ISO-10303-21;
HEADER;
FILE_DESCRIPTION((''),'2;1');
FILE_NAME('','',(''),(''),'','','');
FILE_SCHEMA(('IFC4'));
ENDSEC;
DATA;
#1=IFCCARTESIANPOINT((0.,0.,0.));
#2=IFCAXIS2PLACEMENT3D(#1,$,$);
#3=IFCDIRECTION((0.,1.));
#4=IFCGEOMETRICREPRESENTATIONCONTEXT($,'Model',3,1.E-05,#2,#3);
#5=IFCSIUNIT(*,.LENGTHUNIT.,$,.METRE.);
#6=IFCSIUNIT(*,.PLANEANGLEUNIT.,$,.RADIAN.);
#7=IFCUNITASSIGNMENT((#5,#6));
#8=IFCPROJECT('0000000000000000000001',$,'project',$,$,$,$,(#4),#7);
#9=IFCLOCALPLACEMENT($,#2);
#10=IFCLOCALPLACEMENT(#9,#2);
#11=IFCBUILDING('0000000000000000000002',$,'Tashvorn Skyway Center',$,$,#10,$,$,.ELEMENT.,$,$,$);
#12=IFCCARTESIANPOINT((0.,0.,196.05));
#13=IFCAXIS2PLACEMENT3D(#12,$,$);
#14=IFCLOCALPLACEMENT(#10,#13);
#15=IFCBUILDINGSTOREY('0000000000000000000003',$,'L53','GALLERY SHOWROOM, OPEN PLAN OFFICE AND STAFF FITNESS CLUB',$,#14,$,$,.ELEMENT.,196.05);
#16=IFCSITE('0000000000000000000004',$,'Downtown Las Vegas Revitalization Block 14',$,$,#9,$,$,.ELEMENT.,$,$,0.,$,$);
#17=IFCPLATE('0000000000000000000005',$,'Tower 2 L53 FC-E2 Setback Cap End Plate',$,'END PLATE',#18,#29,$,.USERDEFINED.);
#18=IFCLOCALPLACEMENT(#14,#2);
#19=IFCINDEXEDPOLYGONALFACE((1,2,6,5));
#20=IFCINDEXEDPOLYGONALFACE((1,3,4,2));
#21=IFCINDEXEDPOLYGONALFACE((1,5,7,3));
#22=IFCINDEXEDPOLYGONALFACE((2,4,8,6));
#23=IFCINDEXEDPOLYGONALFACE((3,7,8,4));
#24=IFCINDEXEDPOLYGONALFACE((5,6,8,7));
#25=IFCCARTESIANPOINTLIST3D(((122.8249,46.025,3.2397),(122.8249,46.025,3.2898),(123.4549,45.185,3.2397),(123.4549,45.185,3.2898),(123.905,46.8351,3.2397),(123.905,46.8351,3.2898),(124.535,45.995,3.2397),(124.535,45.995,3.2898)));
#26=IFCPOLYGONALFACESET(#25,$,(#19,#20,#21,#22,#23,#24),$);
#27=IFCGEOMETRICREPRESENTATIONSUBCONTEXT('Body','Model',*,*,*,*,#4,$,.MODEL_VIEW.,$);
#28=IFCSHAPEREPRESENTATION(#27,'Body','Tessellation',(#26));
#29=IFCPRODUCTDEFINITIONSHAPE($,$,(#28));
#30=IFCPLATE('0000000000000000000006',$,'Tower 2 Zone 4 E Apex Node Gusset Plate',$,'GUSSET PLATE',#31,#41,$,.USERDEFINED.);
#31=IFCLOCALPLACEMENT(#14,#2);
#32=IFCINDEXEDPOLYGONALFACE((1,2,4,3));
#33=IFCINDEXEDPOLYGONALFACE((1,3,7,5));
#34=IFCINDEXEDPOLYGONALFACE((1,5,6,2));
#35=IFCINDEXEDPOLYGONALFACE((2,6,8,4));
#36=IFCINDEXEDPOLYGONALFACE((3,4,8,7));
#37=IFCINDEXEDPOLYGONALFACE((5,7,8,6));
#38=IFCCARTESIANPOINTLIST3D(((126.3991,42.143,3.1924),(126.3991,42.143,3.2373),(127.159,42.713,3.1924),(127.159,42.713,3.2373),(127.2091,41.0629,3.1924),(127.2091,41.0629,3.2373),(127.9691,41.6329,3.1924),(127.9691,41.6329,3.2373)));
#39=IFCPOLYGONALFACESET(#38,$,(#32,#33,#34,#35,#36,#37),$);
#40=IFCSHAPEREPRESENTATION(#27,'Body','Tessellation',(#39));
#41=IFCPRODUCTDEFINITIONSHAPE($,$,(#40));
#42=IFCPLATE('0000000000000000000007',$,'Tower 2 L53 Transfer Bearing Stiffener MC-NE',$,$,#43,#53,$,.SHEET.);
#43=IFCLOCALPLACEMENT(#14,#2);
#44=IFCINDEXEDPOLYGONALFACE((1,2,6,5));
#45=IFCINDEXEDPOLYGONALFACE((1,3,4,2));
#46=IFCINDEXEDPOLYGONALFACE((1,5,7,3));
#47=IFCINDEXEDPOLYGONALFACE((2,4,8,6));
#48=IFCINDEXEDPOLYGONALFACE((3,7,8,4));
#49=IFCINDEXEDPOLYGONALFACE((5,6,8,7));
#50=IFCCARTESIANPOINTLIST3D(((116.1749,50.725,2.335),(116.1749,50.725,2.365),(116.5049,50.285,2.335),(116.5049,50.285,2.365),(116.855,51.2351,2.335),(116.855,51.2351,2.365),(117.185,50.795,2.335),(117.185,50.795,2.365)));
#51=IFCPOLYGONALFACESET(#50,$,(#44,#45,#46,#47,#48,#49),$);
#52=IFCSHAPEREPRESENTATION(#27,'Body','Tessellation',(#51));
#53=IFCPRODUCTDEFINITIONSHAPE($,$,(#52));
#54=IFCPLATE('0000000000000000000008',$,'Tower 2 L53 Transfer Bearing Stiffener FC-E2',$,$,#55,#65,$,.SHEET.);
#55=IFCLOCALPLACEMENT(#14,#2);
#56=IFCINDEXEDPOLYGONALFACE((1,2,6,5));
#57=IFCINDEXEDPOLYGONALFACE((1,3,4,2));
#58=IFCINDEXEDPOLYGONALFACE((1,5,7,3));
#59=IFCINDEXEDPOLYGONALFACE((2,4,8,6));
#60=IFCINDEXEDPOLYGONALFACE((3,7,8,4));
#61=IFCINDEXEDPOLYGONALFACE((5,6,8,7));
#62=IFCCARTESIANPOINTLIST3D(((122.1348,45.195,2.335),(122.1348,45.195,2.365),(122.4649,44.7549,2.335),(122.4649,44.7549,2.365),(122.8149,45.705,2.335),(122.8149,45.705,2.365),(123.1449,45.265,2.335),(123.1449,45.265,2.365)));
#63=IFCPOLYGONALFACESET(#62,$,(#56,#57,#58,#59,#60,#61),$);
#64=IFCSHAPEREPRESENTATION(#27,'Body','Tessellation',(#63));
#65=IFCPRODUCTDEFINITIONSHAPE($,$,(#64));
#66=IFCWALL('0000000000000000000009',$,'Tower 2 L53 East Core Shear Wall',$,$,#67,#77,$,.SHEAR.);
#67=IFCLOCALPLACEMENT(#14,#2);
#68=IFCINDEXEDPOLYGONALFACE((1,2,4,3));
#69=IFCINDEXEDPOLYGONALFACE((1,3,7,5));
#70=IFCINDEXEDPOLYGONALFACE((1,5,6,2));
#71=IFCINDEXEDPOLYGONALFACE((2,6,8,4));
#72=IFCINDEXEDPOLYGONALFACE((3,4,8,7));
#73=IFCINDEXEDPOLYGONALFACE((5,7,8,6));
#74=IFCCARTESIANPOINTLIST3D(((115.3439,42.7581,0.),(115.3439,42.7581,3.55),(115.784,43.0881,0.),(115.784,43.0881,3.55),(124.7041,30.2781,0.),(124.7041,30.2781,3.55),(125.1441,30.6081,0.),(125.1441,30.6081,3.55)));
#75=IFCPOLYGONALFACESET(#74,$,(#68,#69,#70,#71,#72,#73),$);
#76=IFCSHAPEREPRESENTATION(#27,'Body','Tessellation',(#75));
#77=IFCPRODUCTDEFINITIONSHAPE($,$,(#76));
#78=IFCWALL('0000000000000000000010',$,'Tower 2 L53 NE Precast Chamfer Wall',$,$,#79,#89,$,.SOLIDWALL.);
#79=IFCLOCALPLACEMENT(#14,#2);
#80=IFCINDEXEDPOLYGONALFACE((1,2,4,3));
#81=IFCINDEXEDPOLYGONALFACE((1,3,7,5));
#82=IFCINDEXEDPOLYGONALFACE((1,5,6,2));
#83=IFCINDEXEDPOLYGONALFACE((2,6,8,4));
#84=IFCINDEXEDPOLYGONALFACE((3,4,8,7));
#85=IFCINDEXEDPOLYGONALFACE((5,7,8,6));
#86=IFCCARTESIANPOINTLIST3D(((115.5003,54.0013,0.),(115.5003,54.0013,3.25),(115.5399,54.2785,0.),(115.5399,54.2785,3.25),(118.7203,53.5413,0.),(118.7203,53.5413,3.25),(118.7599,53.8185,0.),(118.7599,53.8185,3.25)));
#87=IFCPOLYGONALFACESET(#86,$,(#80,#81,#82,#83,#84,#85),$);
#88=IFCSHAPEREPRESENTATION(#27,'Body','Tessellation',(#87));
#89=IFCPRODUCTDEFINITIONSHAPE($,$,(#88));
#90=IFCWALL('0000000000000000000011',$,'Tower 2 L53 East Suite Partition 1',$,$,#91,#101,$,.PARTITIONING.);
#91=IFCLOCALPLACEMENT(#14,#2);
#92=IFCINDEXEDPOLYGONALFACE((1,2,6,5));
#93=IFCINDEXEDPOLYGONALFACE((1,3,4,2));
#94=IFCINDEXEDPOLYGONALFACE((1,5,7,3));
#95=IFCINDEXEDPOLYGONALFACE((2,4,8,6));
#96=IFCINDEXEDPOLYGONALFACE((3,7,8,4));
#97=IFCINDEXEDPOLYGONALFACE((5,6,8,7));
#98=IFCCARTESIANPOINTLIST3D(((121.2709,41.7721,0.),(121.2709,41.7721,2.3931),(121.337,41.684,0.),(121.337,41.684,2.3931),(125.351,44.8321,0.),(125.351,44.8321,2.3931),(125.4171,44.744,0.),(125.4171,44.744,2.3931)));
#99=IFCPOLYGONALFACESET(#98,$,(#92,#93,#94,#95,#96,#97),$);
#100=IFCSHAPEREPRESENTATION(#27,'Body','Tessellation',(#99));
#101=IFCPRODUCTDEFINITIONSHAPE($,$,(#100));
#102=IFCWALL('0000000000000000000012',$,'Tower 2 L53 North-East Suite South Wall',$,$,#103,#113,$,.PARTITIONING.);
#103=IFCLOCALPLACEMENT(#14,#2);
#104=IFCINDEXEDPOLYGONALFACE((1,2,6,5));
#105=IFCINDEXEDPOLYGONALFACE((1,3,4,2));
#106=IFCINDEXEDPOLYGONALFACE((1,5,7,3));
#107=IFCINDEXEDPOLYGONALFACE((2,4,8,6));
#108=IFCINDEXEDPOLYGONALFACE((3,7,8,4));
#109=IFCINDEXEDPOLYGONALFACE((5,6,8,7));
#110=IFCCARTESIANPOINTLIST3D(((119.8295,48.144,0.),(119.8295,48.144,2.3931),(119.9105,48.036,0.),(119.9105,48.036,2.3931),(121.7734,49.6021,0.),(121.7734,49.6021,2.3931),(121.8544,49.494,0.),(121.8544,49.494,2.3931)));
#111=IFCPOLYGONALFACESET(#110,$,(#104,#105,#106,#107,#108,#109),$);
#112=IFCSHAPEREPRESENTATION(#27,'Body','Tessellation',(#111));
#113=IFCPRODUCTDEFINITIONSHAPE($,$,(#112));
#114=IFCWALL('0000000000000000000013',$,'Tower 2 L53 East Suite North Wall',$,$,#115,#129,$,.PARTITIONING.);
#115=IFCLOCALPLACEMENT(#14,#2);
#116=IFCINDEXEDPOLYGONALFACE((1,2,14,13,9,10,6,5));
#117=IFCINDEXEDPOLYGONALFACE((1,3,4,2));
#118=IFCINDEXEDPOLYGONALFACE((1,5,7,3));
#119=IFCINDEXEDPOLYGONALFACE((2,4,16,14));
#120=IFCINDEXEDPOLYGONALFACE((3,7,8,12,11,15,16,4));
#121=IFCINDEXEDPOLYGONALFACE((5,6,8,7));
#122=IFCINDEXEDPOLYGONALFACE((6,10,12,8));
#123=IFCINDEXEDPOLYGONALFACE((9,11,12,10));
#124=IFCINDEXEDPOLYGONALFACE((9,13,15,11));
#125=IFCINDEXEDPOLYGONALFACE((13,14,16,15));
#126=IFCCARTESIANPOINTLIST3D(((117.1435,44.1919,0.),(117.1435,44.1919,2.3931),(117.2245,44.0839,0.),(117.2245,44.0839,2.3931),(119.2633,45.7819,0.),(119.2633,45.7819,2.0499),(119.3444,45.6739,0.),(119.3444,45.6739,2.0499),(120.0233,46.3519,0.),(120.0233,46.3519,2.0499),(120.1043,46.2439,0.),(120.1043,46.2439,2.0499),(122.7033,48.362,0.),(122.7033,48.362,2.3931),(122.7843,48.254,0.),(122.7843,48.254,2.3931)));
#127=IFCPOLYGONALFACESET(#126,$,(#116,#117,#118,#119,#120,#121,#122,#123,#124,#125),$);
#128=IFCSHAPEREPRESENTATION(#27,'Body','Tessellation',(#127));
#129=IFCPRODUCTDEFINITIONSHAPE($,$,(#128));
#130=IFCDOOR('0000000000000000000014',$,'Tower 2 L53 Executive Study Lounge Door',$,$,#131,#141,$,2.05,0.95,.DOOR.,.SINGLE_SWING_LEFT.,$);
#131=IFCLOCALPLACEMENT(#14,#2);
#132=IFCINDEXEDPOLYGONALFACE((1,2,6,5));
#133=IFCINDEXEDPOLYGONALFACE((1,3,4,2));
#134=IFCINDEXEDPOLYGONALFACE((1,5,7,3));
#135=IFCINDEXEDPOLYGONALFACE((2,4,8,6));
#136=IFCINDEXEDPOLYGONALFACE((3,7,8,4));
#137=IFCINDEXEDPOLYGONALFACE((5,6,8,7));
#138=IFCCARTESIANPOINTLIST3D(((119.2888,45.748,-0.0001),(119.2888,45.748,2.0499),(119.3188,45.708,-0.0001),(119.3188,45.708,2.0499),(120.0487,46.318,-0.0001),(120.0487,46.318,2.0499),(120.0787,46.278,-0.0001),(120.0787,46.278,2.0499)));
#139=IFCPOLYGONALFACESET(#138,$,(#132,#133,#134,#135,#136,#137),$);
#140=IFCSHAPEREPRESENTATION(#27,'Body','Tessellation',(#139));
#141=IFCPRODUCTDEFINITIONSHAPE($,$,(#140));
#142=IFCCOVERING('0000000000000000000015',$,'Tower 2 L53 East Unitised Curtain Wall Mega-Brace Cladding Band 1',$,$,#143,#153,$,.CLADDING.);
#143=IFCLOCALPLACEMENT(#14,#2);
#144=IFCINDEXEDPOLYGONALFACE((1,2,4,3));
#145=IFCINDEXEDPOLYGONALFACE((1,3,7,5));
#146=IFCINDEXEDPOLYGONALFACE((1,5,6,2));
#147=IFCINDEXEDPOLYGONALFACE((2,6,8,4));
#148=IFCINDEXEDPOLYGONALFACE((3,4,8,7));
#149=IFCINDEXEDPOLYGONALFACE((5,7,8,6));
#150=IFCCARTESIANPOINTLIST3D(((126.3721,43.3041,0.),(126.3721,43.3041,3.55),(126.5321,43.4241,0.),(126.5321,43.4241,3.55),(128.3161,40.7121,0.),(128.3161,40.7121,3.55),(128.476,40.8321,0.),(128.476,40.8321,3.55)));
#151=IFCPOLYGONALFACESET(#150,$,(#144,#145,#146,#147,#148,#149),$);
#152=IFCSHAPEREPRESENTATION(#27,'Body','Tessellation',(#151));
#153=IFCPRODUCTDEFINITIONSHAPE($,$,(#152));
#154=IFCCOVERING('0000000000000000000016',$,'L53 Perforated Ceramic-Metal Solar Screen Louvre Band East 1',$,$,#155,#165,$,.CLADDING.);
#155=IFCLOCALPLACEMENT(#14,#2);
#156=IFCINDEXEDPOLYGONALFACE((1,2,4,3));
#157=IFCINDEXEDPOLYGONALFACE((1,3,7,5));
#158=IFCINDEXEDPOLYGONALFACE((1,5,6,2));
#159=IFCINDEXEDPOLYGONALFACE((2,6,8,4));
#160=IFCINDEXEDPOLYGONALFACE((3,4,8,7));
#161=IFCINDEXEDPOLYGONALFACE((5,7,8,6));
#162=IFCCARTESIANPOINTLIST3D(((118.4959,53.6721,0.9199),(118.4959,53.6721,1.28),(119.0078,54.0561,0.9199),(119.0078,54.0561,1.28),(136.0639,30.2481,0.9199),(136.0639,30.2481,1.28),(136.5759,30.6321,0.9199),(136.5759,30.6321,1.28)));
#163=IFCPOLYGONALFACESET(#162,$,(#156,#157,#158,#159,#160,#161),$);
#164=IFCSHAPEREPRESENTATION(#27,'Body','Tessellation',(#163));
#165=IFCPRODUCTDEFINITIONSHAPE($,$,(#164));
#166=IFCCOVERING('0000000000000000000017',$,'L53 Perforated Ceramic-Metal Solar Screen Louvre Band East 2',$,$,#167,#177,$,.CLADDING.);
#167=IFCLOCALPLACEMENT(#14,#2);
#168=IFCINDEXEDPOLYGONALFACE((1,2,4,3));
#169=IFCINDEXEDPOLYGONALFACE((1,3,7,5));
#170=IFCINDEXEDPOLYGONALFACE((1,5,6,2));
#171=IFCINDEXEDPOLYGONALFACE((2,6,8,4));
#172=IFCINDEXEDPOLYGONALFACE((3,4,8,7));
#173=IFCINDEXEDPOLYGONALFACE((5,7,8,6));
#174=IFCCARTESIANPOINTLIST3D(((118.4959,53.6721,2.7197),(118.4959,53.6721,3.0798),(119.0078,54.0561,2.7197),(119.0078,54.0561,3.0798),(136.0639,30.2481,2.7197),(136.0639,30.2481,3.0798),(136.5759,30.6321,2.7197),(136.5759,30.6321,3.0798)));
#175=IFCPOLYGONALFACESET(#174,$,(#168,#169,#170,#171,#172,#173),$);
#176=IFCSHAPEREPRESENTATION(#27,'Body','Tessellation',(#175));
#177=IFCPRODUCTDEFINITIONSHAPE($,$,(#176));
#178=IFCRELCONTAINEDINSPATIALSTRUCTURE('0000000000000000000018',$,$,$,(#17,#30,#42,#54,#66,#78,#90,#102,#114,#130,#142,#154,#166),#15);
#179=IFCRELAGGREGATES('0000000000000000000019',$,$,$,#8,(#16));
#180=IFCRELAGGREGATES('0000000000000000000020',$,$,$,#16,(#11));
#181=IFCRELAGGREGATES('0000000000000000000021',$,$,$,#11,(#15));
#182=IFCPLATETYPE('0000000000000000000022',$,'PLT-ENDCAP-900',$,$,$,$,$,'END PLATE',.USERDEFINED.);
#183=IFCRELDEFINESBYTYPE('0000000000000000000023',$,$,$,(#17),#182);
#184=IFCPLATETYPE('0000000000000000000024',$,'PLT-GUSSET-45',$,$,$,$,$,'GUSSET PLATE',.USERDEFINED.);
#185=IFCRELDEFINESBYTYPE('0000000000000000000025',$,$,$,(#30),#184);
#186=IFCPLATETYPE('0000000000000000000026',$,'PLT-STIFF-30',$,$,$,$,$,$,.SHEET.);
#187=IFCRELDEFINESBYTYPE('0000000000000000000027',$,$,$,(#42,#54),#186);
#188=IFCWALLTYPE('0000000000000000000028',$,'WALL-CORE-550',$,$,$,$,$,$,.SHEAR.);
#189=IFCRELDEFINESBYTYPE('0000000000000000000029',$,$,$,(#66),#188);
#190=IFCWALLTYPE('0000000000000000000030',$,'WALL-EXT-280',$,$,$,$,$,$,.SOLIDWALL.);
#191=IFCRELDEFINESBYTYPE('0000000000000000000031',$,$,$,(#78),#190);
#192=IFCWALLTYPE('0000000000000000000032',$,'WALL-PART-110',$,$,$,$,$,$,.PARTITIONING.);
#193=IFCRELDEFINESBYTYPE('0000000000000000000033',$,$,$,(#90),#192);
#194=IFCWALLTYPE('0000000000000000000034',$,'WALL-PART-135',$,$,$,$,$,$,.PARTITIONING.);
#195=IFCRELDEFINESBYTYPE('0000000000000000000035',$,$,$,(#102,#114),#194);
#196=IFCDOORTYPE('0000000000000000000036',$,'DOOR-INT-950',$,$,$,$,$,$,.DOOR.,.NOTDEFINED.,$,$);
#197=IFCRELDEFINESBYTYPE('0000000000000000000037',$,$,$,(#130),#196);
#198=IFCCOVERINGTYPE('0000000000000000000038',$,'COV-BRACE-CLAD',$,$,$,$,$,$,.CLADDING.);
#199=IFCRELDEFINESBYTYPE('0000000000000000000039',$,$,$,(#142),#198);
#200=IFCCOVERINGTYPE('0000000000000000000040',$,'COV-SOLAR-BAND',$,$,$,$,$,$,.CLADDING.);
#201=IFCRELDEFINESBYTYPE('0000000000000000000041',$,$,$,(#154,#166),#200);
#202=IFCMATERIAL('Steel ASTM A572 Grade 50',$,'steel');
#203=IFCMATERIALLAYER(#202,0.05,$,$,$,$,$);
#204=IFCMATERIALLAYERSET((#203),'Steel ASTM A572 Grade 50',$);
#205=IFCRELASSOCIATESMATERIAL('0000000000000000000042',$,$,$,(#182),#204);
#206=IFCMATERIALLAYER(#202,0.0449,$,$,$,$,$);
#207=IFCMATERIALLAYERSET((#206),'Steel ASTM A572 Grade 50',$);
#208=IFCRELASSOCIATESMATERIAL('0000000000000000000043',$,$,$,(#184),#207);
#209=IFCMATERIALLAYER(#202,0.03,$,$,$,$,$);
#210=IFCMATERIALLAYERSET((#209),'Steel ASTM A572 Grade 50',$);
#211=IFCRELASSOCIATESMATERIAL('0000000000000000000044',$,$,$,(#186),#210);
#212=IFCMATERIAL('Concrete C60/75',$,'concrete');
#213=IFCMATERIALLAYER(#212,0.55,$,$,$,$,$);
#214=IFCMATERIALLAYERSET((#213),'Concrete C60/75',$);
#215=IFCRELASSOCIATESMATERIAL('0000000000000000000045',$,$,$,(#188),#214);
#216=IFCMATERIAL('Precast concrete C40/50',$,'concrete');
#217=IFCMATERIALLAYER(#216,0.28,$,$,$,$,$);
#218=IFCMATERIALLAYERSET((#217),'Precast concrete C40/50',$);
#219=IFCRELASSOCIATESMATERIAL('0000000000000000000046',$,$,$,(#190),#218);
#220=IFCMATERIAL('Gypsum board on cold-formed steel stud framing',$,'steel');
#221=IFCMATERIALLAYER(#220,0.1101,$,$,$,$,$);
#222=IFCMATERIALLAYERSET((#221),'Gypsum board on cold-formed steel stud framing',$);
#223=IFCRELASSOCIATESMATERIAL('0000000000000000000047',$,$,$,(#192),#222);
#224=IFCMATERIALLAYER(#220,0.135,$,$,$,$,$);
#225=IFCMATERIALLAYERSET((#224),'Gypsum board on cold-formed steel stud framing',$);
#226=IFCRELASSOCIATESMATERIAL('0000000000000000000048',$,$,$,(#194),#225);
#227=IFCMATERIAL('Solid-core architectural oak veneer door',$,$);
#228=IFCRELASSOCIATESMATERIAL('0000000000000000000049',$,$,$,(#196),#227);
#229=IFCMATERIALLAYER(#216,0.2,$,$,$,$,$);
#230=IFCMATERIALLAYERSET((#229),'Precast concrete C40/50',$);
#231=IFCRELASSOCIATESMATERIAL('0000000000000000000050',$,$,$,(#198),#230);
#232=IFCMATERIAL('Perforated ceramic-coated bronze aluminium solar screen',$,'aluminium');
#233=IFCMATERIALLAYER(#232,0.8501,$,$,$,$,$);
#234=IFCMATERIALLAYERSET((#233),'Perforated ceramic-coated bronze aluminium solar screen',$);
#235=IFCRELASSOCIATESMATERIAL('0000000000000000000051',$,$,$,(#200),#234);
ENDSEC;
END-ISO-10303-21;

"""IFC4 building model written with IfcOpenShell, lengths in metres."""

from ifc_helpers import new_model, si_unit, direction, frame, frame_2d, origin, origin_2d, place, context, subcontext, project, spatial, rectangle, extrude, material, layer, layer_set, type_object, element, fill, save


model = new_model("IFC4")

# Units and contexts
model_context = context("Model", 3, precision=1e-05, world=origin(), true_north=direction((0.0, 1.0)))
body_context = subcontext(model_context, "Body", "Model", "MODEL_VIEW")
ifc_project = project(units=[si_unit("LENGTHUNIT", "METRE"), si_unit("PLANEANGLEUNIT", "RADIAN")], contexts=[model_context])

# Site, building, storey
site_placement = place(None, origin())
site = spatial("IfcSite", under=ifc_project, at=site_placement, Name="Downtown Las Vegas Revitalization Block 14", CompositionType="ELEMENT", RefElevation=0.0)
building_placement = place(site_placement, origin())
building = spatial("IfcBuilding", under=site, at=building_placement, Name="Tashvorn Skyway Center", CompositionType="ELEMENT")
storey_placement = place(building_placement, frame((0.0, 0.0, 196.05)))
storey = spatial("IfcBuildingStorey", under=building, at=storey_placement, Name="L53", Description="GALLERY SHOWROOM, OPEN PLAN OFFICE AND STAFF FITNESS CLUB", CompositionType="ELEMENT", Elevation=196.05)

# Shared definitions
ifc_material_1 = material(Name="Steel ASTM A572 Grade 50", Category="steel")

# Plates
ifc_layer_1 = layer(ifc_material_1, 0.05)
ifc_layer_set_1 = layer_set([ifc_layer_1], Name="Steel ASTM A572 Grade 50")
plate_type_1 = type_object("IfcPlateType", Name="PLT-ENDCAP-900", ElementType="END PLATE", PredefinedType="USERDEFINED", material=ifc_layer_set_1)
plate_1_placement = place(storey_placement, frame((123.6799, 46.01, 3.2397), z_axis=(0.0, 0.0, 1.0), x_axis=(0.8, 0.6, 0.0)))
element("IfcPlate", 1, at=plate_1_placement, inside=storey, type_object=plate_type_1, Name="Tower 2 L53 FC-E2 Setback Cap End Plate", ObjectType="END PLATE", PredefinedType="USERDEFINED", context=body_context, shape_type="SweptSolid", body=[
    extrude(rectangle(XDim=1.3501, YDim=1.05, at=origin_2d()), origin(), (0.0, 0.0, 1.0), 0.05),
])
ifc_layer_2 = layer(ifc_material_1, 0.0449)
ifc_layer_set_2 = layer_set([ifc_layer_2], Name="Steel ASTM A572 Grade 50")
plate_type_2 = type_object("IfcPlateType", Name="PLT-GUSSET-45", ElementType="GUSSET PLATE", PredefinedType="USERDEFINED", material=ifc_layer_set_2)
plate_2_placement = place(storey_placement, frame((127.1841, 41.8879, 3.1924), z_axis=(0.0, 0.0, 1.0), x_axis=(-0.6, 0.8, 0.0)))
element("IfcPlate", 2, at=plate_2_placement, inside=storey, type_object=plate_type_2, Name="Tower 2 Zone 4 E Apex Node Gusset Plate", ObjectType="GUSSET PLATE", PredefinedType="USERDEFINED", context=body_context, shape_type="SweptSolid", body=[
    extrude(rectangle(XDim=1.3501, YDim=0.95, at=origin_2d()), origin(), (0.0, 0.0, 1.0), 0.0449),
])
ifc_layer_3 = layer(ifc_material_1, 0.03)
ifc_layer_set_3 = layer_set([ifc_layer_3], Name="Steel ASTM A572 Grade 50")
plate_type_3 = type_object("IfcPlateType", Name="PLT-STIFF-30", PredefinedType="SHEET", material=ifc_layer_set_3)
for number, where, z_axis, x_axis, name in (
    (3, (116.6799, 50.76, 2.335), (0.0, 0.0, 1.0), (0.8, 0.6, 0.0), "Tower 2 L53 Transfer Bearing Stiffener MC-NE"),
    (4, (122.6399, 45.23, 2.335), (0.0, 0.0, 1.0), (0.8, 0.6, 0.0), "Tower 2 L53 Transfer Bearing Stiffener FC-E2"),
):
    element("IfcPlate", number, at=place(storey_placement, frame(where, z_axis=z_axis, x_axis=x_axis)), inside=storey, type_object=plate_type_3, Name=name, PredefinedType="SHEET", context=body_context, shape_type="SweptSolid", body=[
        extrude(rectangle(XDim=0.8501, YDim=0.55, at=origin_2d()), origin(), (0.0, 0.0, 1.0), 0.03),
    ])

# Walls
ifc_material_2 = material(Name="Concrete C60/75", Category="concrete")
ifc_layer_4 = layer(ifc_material_2, 0.55)
ifc_layer_set_4 = layer_set([ifc_layer_4], Name="Concrete C60/75")
wall_type_1 = type_object("IfcWallType", Name="WALL-CORE-550", PredefinedType="SHEAR", material=ifc_layer_set_4)
wall_1_placement = place(storey_placement, frame((115.564, 42.9231, 0.0), z_axis=(0.0, 0.0, 1.0), x_axis=(0.600005, -0.799996, 0.0)))
element("IfcWall", 5, at=wall_1_placement, inside=storey, type_object=wall_type_1, Name="Tower 2 L53 East Core Shear Wall", PredefinedType="SHEAR", context=body_context, shape_type="SweptSolid", body=[
    extrude(rectangle(XDim=15.6001, YDim=0.55, at=frame_2d((7.8, 0.0))), origin(), (0.0, 0.0, 1.0), 3.55),
])
ifc_material_3 = material(Name="Precast concrete C40/50", Category="concrete")
ifc_layer_5 = layer(ifc_material_3, 0.28)
ifc_layer_set_5 = layer_set([ifc_layer_5], Name="Precast concrete C40/50")
wall_type_2 = type_object("IfcWallType", Name="WALL-EXT-280", PredefinedType="SOLIDWALL", material=ifc_layer_set_5)
wall_2_placement = place(storey_placement, frame((115.52, 54.1399, 0.0), z_axis=(0.0, 0.0, 1.0), x_axis=(0.989951, -0.141411, 0.0)))
element("IfcWall", 6, at=wall_2_placement, inside=storey, type_object=wall_type_2, Name="Tower 2 L53 NE Precast Chamfer Wall", PredefinedType="SOLIDWALL", context=body_context, shape_type="SweptSolid", body=[
    extrude(rectangle(XDim=3.2527, YDim=0.28, at=frame_2d((1.6265, 0.0))), origin(), (0.0, 0.0, 1.0), 3.25),
])
ifc_material_4 = material(Name="Gypsum board on cold-formed steel stud framing", Category="steel")
ifc_layer_6 = layer(ifc_material_4, 0.1101)
ifc_layer_set_6 = layer_set([ifc_layer_6], Name="Gypsum board on cold-formed steel stud framing")
wall_type_3 = type_object("IfcWallType", Name="WALL-PART-110", PredefinedType="PARTITIONING", material=ifc_layer_set_6)
wall_3_placement = place(storey_placement, frame((125.384, 44.7881, 0.0), z_axis=(0.0, 0.0, 1.0), x_axis=(-0.8, -0.6, 0.0)))
element("IfcWall", 7, at=wall_3_placement, inside=storey, type_object=wall_type_3, Name="Tower 2 L53 East Suite Partition 1", PredefinedType="PARTITIONING", context=body_context, shape_type="SweptSolid", body=[
    extrude(rectangle(XDim=5.1001, YDim=0.1101, at=frame_2d((2.55, 0.0))), origin(), (0.0, 0.0, 1.0), 2.3931),
])
ifc_layer_7 = layer(ifc_material_4, 0.135)
ifc_layer_set_7 = layer_set([ifc_layer_7], Name="Gypsum board on cold-formed steel stud framing")
wall_type_4 = type_object("IfcWallType", Name="WALL-PART-135", PredefinedType="PARTITIONING", material=ifc_layer_set_7)
wall_4_placement = place(storey_placement, frame((119.8701, 48.0901, 0.0), z_axis=(0.0, 0.0, 1.0), x_axis=(0.799976, 0.600032, 0.0)))
element("IfcWall", 8, at=wall_4_placement, inside=storey, type_object=wall_type_4, Name="Tower 2 L53 North-East Suite South Wall", PredefinedType="PARTITIONING", context=body_context, shape_type="SweptSolid", body=[
    extrude(rectangle(XDim=2.4299, YDim=0.135, at=frame_2d((1.2148, 0.0))), origin(), (0.0, 0.0, 1.0), 2.3931),
])

# Wall, opening, door
wall_5_placement = place(storey_placement, frame((122.7439, 48.3081, 0.0), z_axis=(0.0, 0.0, 1.0), x_axis=(-0.799979, -0.600028, 0.0)))
wall_5 = element("IfcWall", 9, at=wall_5_placement, inside=storey, type_object=wall_type_4, Name="Tower 2 L53 East Suite North Wall", PredefinedType="PARTITIONING", context=body_context, shape_type="SweptSolid", body=[
    extrude(rectangle(XDim=6.95, YDim=0.135, at=frame_2d((3.4751, 0.0))), origin(), (0.0, 0.0, 1.0), 2.3931),
])
opening_placement = place(wall_5_placement, frame((3.3501, 0.0, 0.0)))
opening = element("IfcOpeningElement", 10, at=opening_placement, cuts=wall_5, PredefinedType="OPENING", context=body_context, shape_type="SweptSolid", body=[
    extrude(rectangle(XDim=0.95, YDim=2.05, at=frame_2d((0.4751, 1.0249))), frame((0.0, 0.0774, 0.0), z_axis=(0.0, -1.0, 0.0), x_axis=(1.0, 0.0, 0.0)), (0.0, 0.0, 1.0), 0.155),
])
ifc_material_5 = material(Name="Solid-core architectural oak veneer door")
door_type = type_object("IfcDoorType", Name="DOOR-INT-950", OperationType="NOTDEFINED", PredefinedType="DOOR", material=ifc_material_5)
door_placement = place(opening_placement, origin())
door = element("IfcDoor", 11, at=door_placement, inside=storey, type_object=door_type, Name="Tower 2 L53 Executive Study Lounge Door", OperationType="SINGLE_SWING_LEFT", OverallHeight=2.05, OverallWidth=0.95, PredefinedType="DOOR", context=body_context, shape_type="SweptSolid", body=[
    extrude(rectangle(XDim=0.95, YDim=2.05, at=frame_2d((0.4751, 1.0249))), frame((0.0, 0.0249, 0.0), z_axis=(0.0, -1.0, 0.0), x_axis=(1.0, 0.0, 0.0)), (0.0, 0.0, 1.0), 0.05),
])
fill(opening, door)

# Coverings
ifc_layer_8 = layer(ifc_material_3, 0.2)
ifc_layer_set_8 = layer_set([ifc_layer_8], Name="Precast concrete C40/50")
covering_type_1 = type_object("IfcCoveringType", Name="COV-BRACE-CLAD", PredefinedType="CLADDING", material=ifc_layer_set_8)
covering_1_placement = place(storey_placement, frame((127.4241, 42.0681, 0.0), z_axis=(0.0, 0.0, 1.0), x_axis=(0.6, -0.8, 0.0)))
element("IfcCovering", 12, at=covering_1_placement, inside=storey, type_object=covering_type_1, Name="Tower 2 L53 East Unitised Curtain Wall Mega-Brace Cladding Band 1", PredefinedType="CLADDING", context=body_context, shape_type="SweptSolid", body=[
    extrude(rectangle(XDim=3.24, YDim=0.2, at=origin_2d()), origin(), (0.0, 0.0, 1.0), 3.55),
])
ifc_material_6 = material(Name="Perforated ceramic-coated bronze aluminium solar screen", Category="aluminium")
ifc_layer_9 = layer(ifc_material_6, 0.8501)
ifc_layer_set_9 = layer_set([ifc_layer_9], Name="Perforated ceramic-coated bronze aluminium solar screen")
covering_type_2 = type_object("IfcCoveringType", Name="COV-SOLAR-BAND", PredefinedType="CLADDING", material=ifc_layer_set_9)
for number, where, z_axis, x_axis, name in (
    (13, (127.5359, 42.1521, 0.9199), (0.0, 0.0, 1.0), (0.6, -0.8, 0.0), "L53 Perforated Ceramic-Metal Solar Screen Louvre Band East 1"),
    (14, (127.5359, 42.1521, 2.7197), (0.0, 0.0, 1.0), (0.6, -0.8, 0.0), "L53 Perforated Ceramic-Metal Solar Screen Louvre Band East 2"),
):
    element("IfcCovering", number, at=place(storey_placement, frame(where, z_axis=z_axis, x_axis=x_axis)), inside=storey, type_object=covering_type_2, Name=name, PredefinedType="CLADDING", context=body_context, shape_type="SweptSolid", body=[
        extrude(rectangle(XDim=29.28, YDim=0.6399, at=origin_2d()), origin(), (0.0, 0.0, 1.0), 0.3601),
    ])

save(model, "model.ifc")
